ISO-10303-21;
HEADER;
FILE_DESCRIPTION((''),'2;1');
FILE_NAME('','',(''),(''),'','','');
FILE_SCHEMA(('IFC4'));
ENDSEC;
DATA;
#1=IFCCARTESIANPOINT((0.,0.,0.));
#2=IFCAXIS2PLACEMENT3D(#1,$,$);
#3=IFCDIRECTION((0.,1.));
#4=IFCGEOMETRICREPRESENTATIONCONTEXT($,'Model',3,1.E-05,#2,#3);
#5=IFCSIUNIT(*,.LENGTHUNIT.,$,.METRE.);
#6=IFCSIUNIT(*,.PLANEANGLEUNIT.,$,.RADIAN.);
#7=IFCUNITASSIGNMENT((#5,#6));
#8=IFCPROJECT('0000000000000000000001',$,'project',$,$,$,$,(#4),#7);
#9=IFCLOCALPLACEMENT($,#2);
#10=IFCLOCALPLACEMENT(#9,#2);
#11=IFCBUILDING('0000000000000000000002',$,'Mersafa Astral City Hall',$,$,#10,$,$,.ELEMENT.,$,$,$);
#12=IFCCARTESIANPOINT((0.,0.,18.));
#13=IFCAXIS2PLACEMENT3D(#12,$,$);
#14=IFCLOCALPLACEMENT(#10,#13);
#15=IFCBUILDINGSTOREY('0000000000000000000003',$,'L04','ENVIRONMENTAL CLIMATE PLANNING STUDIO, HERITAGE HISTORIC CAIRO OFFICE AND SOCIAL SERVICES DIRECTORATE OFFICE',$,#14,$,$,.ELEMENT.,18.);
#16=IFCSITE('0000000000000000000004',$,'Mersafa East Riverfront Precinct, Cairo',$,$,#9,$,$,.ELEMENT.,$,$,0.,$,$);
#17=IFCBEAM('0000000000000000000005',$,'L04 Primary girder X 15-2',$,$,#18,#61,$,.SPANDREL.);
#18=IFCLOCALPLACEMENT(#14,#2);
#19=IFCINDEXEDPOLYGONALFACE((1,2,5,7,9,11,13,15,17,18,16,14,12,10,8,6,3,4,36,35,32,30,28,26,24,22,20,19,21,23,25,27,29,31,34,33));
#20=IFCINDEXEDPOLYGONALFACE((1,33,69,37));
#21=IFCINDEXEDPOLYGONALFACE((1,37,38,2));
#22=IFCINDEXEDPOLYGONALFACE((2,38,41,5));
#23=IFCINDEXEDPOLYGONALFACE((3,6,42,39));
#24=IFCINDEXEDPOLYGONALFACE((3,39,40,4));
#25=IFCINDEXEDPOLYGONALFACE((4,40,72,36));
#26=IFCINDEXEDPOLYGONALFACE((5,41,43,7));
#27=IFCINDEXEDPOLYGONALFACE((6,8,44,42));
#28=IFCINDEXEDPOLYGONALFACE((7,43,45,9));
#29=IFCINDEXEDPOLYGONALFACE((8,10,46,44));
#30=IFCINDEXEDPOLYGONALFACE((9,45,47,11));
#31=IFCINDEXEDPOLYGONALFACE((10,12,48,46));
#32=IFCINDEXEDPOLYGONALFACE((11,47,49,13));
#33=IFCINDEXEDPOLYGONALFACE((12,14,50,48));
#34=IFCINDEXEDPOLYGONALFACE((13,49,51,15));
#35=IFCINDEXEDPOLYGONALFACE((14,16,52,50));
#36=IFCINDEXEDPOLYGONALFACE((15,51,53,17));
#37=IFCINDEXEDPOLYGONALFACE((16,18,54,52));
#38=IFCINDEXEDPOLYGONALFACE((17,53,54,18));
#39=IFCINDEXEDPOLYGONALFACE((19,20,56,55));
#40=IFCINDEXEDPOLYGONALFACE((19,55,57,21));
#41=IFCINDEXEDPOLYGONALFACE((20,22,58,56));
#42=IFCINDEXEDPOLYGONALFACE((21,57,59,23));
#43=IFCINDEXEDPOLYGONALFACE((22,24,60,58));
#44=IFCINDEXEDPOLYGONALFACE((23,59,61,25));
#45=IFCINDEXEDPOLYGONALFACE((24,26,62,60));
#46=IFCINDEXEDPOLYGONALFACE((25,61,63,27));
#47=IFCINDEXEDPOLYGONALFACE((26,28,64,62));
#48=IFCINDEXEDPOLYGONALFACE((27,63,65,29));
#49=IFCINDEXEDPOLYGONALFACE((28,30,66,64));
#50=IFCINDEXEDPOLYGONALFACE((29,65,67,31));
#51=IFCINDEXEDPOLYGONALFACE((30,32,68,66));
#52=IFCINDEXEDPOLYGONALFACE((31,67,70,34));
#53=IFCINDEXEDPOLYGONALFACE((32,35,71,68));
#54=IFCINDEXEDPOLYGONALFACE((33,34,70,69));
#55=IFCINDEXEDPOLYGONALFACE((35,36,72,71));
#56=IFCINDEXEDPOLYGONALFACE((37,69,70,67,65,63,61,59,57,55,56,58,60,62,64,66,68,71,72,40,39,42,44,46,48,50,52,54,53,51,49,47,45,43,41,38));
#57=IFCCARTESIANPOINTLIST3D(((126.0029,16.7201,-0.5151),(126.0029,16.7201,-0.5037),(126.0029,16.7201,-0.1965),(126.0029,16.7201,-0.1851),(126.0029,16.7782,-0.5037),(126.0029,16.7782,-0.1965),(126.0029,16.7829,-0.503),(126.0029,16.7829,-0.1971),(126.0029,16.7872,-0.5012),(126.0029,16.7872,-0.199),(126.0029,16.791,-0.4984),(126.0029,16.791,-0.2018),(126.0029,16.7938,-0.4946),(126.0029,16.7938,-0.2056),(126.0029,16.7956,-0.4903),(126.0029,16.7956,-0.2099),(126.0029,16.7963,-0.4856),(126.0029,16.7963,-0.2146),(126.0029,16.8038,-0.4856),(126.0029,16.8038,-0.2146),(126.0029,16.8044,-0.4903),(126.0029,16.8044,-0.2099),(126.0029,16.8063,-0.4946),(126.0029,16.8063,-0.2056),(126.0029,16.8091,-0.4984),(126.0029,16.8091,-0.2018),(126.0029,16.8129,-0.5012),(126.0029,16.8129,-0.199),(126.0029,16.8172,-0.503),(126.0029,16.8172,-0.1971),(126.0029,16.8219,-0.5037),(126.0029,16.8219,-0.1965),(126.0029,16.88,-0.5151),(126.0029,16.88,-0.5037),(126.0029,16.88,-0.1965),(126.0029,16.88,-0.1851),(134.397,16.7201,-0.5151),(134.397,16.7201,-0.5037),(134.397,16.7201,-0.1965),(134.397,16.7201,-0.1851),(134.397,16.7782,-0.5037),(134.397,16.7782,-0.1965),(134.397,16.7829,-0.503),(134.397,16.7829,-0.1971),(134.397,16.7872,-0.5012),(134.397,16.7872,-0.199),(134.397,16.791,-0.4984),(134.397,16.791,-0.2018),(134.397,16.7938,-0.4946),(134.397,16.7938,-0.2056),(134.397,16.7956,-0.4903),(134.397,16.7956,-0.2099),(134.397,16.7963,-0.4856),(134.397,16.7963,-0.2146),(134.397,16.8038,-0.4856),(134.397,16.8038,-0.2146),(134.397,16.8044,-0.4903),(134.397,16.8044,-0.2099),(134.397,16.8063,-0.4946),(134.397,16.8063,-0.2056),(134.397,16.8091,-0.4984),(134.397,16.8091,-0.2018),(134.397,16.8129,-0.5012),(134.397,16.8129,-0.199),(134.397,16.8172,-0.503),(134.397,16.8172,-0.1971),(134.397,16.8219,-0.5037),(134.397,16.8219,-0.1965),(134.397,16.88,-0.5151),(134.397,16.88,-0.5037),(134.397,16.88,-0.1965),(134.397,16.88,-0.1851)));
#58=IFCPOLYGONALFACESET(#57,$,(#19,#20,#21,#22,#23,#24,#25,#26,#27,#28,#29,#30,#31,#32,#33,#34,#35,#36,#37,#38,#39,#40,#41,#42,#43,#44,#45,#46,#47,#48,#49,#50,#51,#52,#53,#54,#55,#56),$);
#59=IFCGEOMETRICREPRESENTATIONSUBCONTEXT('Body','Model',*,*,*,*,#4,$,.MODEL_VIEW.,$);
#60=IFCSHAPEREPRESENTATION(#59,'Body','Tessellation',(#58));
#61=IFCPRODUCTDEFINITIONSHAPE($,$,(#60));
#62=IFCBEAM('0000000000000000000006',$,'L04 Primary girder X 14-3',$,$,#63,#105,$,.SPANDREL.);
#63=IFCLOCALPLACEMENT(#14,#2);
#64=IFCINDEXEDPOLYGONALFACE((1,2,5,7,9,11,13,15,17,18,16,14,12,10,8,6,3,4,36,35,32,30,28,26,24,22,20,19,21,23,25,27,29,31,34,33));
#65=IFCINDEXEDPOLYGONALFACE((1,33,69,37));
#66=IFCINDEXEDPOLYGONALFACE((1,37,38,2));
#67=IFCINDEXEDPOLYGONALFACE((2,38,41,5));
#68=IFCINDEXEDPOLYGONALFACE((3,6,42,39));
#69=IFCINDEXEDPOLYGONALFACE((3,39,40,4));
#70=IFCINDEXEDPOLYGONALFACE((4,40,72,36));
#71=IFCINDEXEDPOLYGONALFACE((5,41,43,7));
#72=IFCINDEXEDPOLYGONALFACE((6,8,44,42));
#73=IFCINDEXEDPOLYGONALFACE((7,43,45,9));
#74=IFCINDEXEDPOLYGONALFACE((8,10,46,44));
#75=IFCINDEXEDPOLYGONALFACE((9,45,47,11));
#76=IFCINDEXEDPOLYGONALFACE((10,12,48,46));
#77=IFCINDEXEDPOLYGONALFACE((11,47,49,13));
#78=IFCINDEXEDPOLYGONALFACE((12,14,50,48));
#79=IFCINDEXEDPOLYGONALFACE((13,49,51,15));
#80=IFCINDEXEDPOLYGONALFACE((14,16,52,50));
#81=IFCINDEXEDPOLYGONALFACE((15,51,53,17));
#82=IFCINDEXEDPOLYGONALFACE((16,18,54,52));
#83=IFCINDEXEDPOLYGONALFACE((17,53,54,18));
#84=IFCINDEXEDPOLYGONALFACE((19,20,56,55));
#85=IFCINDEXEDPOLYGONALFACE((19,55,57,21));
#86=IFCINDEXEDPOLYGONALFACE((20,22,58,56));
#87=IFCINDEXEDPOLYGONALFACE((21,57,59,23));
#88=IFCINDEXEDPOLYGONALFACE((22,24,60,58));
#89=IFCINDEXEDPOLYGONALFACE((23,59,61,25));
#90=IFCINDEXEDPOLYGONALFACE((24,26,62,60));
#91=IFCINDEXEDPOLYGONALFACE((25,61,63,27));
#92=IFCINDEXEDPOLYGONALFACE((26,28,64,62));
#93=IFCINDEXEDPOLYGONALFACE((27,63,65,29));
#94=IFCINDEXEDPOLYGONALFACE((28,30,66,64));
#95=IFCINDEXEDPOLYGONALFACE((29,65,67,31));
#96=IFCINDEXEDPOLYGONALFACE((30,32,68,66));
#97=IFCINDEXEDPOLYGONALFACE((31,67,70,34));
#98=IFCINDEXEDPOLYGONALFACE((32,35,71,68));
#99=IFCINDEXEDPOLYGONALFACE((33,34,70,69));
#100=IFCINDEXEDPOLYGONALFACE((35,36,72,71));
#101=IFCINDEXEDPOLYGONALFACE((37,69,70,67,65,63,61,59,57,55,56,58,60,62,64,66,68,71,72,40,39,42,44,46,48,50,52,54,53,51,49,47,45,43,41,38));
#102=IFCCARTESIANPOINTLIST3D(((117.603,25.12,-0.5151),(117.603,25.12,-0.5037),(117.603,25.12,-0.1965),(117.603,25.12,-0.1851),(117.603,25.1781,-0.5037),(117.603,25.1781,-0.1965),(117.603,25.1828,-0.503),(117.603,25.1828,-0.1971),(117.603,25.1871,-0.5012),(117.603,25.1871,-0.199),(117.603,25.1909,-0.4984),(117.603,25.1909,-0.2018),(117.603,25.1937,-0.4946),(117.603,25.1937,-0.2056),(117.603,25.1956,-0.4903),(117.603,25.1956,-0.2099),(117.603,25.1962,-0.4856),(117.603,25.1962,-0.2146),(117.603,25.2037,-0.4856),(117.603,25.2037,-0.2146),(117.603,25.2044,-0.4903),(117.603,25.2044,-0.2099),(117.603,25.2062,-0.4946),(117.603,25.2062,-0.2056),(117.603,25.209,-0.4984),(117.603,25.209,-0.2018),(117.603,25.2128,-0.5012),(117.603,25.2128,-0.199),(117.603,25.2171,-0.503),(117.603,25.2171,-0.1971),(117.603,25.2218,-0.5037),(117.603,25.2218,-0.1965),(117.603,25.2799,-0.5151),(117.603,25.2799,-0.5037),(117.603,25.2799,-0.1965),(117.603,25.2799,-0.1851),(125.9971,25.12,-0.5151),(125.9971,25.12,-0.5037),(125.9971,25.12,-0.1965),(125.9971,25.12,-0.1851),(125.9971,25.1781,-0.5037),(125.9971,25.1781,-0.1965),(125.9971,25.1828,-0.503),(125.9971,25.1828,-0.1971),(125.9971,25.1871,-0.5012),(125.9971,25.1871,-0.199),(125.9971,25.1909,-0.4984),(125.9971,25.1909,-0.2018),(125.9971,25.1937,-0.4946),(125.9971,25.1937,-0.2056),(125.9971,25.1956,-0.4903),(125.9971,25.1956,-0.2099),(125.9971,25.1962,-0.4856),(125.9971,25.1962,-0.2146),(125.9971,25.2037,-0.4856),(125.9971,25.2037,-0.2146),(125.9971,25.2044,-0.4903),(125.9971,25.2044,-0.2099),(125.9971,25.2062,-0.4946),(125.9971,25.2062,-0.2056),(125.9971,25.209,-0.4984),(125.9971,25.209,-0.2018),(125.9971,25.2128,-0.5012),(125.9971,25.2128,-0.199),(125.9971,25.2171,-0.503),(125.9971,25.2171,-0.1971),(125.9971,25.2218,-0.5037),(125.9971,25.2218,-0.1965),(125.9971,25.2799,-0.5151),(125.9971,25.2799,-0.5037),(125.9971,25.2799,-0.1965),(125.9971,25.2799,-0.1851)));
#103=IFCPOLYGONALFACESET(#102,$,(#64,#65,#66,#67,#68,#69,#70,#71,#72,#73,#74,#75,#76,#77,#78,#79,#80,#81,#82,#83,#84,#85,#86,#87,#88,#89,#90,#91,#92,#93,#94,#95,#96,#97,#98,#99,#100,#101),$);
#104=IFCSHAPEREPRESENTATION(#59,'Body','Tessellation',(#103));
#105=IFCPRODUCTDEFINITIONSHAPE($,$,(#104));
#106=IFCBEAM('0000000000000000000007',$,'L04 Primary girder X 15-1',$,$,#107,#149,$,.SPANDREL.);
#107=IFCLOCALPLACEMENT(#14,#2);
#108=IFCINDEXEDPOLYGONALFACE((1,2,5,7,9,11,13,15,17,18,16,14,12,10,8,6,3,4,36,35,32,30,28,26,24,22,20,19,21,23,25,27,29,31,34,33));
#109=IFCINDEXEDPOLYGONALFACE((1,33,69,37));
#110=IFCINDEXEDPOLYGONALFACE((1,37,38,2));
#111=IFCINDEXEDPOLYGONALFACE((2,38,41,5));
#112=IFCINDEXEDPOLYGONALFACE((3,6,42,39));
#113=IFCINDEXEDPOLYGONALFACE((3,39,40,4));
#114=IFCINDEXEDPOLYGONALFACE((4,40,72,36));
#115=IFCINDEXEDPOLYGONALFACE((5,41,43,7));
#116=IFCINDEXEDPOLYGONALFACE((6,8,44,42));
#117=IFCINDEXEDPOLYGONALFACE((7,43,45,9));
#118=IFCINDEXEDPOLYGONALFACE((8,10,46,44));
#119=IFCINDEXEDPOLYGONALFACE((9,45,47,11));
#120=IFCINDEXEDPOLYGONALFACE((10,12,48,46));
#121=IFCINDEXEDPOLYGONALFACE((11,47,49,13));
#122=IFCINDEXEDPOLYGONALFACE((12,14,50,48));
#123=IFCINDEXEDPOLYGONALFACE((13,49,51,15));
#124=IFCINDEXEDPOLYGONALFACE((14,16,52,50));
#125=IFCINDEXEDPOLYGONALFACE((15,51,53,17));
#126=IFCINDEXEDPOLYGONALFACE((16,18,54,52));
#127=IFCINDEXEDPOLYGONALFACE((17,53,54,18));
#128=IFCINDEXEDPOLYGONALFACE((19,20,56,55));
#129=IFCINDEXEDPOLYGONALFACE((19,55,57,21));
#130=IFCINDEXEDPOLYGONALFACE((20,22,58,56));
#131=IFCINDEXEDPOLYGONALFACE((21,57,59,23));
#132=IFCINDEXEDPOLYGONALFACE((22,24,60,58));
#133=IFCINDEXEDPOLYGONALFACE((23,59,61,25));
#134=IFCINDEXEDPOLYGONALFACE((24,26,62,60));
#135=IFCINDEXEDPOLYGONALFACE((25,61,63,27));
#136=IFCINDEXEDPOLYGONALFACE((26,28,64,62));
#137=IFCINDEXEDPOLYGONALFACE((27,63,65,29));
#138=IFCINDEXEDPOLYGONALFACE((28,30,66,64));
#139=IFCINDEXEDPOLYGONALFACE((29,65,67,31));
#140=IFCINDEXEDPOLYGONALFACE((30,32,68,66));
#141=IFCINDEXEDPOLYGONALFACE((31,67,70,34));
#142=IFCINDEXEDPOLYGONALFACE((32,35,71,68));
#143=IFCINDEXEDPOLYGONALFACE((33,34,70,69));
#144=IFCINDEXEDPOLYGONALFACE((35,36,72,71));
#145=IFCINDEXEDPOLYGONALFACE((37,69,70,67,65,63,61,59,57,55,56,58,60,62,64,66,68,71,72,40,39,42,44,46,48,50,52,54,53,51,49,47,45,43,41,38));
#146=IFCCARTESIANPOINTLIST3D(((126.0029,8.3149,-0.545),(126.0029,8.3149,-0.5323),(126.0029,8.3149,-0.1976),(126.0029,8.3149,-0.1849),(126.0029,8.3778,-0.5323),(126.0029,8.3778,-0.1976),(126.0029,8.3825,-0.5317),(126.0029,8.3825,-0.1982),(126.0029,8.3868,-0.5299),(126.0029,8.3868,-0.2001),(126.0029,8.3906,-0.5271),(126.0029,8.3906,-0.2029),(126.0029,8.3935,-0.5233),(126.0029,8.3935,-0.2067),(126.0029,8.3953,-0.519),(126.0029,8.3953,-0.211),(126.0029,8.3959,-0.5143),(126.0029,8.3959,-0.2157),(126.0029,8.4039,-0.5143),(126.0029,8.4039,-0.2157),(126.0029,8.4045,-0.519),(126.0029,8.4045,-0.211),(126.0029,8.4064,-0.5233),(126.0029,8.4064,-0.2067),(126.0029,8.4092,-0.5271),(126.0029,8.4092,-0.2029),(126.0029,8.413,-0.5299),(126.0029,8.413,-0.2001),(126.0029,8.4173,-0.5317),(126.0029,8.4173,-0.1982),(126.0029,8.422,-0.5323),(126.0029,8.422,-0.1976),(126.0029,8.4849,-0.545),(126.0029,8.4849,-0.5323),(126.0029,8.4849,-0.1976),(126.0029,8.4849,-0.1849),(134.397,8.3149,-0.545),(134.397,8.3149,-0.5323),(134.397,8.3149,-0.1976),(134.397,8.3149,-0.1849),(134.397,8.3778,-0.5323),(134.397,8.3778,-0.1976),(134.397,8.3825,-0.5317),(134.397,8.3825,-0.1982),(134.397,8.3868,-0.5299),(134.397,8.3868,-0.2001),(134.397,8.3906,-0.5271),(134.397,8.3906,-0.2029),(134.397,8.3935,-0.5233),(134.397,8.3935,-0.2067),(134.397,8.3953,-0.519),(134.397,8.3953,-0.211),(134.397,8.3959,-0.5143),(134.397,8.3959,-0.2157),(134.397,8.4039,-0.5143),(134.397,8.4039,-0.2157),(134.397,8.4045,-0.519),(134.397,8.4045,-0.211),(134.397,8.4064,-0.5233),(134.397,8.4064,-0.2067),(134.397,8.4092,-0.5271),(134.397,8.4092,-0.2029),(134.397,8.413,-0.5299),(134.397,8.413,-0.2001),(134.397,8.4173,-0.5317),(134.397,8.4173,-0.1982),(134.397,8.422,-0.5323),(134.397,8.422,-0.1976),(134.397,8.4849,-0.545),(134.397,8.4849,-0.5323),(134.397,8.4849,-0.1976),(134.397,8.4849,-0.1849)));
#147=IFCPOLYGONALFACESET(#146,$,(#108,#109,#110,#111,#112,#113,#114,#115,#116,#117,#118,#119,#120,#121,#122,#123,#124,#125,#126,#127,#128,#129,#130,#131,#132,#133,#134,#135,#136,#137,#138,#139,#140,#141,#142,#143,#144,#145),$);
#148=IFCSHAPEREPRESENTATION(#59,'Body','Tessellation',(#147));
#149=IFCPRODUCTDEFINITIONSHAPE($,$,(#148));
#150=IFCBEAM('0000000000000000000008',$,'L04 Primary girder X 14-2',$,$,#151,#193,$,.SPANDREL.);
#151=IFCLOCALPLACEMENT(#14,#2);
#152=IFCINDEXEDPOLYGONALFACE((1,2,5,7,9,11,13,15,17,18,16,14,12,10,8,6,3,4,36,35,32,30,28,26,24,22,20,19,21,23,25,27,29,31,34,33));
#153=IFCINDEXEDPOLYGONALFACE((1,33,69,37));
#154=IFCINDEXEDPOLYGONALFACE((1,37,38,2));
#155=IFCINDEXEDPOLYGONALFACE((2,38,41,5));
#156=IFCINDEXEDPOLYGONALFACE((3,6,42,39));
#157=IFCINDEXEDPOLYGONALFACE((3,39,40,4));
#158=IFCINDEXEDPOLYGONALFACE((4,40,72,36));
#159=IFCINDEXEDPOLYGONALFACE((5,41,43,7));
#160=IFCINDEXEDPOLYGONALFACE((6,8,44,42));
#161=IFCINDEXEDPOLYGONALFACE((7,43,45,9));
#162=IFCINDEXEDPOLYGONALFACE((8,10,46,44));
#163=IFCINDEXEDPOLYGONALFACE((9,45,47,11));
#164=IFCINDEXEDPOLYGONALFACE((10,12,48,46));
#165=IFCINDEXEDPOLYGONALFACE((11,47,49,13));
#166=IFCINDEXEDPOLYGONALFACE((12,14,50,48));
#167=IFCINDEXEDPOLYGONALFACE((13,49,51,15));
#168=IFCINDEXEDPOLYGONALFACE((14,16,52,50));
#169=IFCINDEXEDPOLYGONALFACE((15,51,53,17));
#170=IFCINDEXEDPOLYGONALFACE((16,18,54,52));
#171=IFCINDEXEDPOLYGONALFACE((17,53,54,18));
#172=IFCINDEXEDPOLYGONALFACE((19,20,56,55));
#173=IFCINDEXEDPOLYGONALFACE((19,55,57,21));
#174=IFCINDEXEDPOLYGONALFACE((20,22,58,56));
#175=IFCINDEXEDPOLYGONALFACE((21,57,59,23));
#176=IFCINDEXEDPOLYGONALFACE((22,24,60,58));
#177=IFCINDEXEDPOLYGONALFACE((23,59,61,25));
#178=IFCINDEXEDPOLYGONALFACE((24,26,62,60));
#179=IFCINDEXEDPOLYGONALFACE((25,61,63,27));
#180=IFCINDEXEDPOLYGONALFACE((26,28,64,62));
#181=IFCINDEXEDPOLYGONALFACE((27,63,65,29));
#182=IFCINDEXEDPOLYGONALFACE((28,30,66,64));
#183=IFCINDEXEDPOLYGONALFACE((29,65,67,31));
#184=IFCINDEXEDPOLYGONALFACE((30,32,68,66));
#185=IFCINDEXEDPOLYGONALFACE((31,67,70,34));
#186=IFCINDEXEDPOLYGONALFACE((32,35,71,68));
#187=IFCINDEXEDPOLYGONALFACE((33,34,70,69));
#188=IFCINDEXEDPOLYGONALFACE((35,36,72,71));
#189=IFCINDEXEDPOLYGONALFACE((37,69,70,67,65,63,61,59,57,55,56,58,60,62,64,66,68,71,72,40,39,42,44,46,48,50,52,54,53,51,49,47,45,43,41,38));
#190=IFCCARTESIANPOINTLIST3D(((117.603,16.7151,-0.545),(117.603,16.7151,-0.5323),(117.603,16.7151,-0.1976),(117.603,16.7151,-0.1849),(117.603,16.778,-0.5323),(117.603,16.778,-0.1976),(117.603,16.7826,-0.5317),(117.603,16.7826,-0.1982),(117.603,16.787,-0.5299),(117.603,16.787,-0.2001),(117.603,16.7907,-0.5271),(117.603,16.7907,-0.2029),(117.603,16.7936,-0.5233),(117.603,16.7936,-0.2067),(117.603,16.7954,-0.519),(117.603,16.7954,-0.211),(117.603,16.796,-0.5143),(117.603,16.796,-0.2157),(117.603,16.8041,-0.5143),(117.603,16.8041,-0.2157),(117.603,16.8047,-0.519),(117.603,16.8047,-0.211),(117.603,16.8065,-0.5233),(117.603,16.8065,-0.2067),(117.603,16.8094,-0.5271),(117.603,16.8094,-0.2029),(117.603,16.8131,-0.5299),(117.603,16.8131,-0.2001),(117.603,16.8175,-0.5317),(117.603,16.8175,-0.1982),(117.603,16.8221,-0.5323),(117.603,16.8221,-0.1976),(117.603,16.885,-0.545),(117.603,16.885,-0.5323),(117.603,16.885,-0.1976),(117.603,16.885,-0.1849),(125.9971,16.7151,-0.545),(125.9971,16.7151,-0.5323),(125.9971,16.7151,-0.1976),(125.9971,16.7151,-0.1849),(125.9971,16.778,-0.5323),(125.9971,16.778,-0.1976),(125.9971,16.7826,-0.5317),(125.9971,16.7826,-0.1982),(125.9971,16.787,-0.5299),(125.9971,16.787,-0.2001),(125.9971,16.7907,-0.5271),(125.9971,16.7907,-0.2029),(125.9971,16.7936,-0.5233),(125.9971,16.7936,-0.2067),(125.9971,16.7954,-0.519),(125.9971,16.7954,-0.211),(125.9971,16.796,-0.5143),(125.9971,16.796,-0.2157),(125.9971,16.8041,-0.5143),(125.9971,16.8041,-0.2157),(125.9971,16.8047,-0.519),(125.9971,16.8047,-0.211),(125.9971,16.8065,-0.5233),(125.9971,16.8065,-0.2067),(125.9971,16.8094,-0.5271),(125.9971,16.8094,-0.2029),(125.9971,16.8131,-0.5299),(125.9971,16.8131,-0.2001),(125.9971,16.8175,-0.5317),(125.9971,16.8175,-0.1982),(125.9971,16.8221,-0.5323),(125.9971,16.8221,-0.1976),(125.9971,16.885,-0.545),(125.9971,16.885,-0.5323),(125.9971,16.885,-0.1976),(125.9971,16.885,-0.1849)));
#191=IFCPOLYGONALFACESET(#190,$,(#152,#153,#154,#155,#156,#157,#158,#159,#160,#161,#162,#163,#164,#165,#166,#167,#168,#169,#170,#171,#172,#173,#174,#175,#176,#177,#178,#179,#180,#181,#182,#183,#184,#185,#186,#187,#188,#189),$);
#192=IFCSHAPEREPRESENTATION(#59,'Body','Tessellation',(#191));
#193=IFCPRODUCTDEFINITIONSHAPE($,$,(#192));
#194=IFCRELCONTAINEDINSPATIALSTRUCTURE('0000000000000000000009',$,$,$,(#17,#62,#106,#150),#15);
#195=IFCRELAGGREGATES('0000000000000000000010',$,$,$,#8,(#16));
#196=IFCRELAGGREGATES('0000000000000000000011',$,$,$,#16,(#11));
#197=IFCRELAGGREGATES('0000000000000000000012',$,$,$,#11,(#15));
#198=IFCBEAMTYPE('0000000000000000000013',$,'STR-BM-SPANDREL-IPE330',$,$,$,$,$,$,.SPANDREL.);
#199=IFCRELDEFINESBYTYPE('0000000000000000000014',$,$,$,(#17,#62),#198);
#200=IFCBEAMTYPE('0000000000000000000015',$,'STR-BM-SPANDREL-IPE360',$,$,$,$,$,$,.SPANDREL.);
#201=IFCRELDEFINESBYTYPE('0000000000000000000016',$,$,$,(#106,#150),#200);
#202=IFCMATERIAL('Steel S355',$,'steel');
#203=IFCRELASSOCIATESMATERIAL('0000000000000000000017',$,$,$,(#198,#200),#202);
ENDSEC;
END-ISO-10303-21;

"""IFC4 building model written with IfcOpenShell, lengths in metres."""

from ifc_helpers import new_model, si_unit, direction, frame, origin, origin_2d, place, context, subcontext, project, spatial, i_section, extrude, material, material_profile, profile_set, type_object, element, save


model = new_model("IFC4")

# Units and contexts
model_context = context("Model", 3, precision=1e-05, world=origin(), true_north=direction((0.0, 1.0)))
body_context = subcontext(model_context, "Body", "Model", "MODEL_VIEW")
ifc_project = project(units=[si_unit("LENGTHUNIT", "METRE"), si_unit("PLANEANGLEUNIT", "RADIAN")], contexts=[model_context])

# Site, building, storey
site_placement = place(None, origin())
site = spatial("IfcSite", under=ifc_project, at=site_placement, Name="Mersafa East Riverfront Precinct, Cairo", CompositionType="ELEMENT", RefElevation=0.0)
building_placement = place(site_placement, origin())
building = spatial("IfcBuilding", under=site, at=building_placement, Name="Mersafa Astral City Hall", CompositionType="ELEMENT")
storey_placement = place(building_placement, frame((0.0, 0.0, 18.0)))
storey = spatial("IfcBuildingStorey", under=building, at=storey_placement, Name="L04", Description="ENVIRONMENTAL CLIMATE PLANNING STUDIO, HERITAGE HISTORIC CAIRO OFFICE AND SOCIAL SERVICES DIRECTORATE OFFICE", CompositionType="ELEMENT", Elevation=18.0)

# Shared definitions
ifc_material_1 = material(Name="Steel S355", Category="steel")

# Beams
ifc_material_profile_1 = material_profile(ifc_material_1, i_section(OverallWidth=0.1599, OverallDepth=0.3301, WebThickness=0.0076, FlangeThickness=0.0115, FilletRadius=0.0181, at=origin_2d()), Name="IPE 330")
ifc_profile_set_1 = profile_set([ifc_material_profile_1], Name="Steel S355")
beam_type_1 = type_object("IfcBeamType", Name="STR-BM-SPANDREL-IPE330", PredefinedType="SPANDREL", material=ifc_profile_set_1)
for number, where, z_axis, x_axis, name in (
    (1, (126.0029, 16.8, -0.3501), (1.0, 0.0, 0.0), (0.0, 1.0, 0.0), "L04 Primary girder X 15-2"),
    (2, (117.603, 25.2, -0.3501), (1.0, 0.0, 0.0), (0.0, 1.0, 0.0), "L04 Primary girder X 14-3"),
):
    element("IfcBeam", number, at=place(storey_placement, frame(where, z_axis=z_axis, x_axis=x_axis)), inside=storey, type_object=beam_type_1, Name=name, PredefinedType="SPANDREL", context=body_context, shape_type="SweptSolid", body=[
        extrude(i_section(OverallWidth=0.1599, OverallDepth=0.3301, WebThickness=0.0076, FlangeThickness=0.0115, FilletRadius=0.0181, at=origin_2d()), origin(), (0.0, 0.0, 1.0), 8.394),
    ])
ifc_material_profile_2 = material_profile(ifc_material_1, i_section(OverallWidth=0.1699, OverallDepth=0.3601, WebThickness=0.0081, FlangeThickness=0.0127, FilletRadius=0.0181, at=origin_2d()), Name="IPE 360")
ifc_profile_set_2 = profile_set([ifc_material_profile_2], Name="Steel S355")
beam_type_2 = type_object("IfcBeamType", Name="STR-BM-SPANDREL-IPE360", PredefinedType="SPANDREL", material=ifc_profile_set_2)
for number, where, z_axis, x_axis, name in (
    (3, (126.0029, 8.3999, -0.365), (1.0, 0.0, 0.0), (0.0, 1.0, 0.0), "L04 Primary girder X 15-1"),
    (4, (117.603, 16.8, -0.365), (1.0, 0.0, 0.0), (0.0, 1.0, 0.0), "L04 Primary girder X 14-2"),
):
    element("IfcBeam", number, at=place(storey_placement, frame(where, z_axis=z_axis, x_axis=x_axis)), inside=storey, type_object=beam_type_2, Name=name, PredefinedType="SPANDREL", context=body_context, shape_type="SweptSolid", body=[
        extrude(i_section(OverallWidth=0.1699, OverallDepth=0.3601, WebThickness=0.0081, FlangeThickness=0.0127, FilletRadius=0.0181, at=origin_2d()), origin(), (0.0, 0.0, 1.0), 8.394),
    ])

save(model, "model.ifc")
